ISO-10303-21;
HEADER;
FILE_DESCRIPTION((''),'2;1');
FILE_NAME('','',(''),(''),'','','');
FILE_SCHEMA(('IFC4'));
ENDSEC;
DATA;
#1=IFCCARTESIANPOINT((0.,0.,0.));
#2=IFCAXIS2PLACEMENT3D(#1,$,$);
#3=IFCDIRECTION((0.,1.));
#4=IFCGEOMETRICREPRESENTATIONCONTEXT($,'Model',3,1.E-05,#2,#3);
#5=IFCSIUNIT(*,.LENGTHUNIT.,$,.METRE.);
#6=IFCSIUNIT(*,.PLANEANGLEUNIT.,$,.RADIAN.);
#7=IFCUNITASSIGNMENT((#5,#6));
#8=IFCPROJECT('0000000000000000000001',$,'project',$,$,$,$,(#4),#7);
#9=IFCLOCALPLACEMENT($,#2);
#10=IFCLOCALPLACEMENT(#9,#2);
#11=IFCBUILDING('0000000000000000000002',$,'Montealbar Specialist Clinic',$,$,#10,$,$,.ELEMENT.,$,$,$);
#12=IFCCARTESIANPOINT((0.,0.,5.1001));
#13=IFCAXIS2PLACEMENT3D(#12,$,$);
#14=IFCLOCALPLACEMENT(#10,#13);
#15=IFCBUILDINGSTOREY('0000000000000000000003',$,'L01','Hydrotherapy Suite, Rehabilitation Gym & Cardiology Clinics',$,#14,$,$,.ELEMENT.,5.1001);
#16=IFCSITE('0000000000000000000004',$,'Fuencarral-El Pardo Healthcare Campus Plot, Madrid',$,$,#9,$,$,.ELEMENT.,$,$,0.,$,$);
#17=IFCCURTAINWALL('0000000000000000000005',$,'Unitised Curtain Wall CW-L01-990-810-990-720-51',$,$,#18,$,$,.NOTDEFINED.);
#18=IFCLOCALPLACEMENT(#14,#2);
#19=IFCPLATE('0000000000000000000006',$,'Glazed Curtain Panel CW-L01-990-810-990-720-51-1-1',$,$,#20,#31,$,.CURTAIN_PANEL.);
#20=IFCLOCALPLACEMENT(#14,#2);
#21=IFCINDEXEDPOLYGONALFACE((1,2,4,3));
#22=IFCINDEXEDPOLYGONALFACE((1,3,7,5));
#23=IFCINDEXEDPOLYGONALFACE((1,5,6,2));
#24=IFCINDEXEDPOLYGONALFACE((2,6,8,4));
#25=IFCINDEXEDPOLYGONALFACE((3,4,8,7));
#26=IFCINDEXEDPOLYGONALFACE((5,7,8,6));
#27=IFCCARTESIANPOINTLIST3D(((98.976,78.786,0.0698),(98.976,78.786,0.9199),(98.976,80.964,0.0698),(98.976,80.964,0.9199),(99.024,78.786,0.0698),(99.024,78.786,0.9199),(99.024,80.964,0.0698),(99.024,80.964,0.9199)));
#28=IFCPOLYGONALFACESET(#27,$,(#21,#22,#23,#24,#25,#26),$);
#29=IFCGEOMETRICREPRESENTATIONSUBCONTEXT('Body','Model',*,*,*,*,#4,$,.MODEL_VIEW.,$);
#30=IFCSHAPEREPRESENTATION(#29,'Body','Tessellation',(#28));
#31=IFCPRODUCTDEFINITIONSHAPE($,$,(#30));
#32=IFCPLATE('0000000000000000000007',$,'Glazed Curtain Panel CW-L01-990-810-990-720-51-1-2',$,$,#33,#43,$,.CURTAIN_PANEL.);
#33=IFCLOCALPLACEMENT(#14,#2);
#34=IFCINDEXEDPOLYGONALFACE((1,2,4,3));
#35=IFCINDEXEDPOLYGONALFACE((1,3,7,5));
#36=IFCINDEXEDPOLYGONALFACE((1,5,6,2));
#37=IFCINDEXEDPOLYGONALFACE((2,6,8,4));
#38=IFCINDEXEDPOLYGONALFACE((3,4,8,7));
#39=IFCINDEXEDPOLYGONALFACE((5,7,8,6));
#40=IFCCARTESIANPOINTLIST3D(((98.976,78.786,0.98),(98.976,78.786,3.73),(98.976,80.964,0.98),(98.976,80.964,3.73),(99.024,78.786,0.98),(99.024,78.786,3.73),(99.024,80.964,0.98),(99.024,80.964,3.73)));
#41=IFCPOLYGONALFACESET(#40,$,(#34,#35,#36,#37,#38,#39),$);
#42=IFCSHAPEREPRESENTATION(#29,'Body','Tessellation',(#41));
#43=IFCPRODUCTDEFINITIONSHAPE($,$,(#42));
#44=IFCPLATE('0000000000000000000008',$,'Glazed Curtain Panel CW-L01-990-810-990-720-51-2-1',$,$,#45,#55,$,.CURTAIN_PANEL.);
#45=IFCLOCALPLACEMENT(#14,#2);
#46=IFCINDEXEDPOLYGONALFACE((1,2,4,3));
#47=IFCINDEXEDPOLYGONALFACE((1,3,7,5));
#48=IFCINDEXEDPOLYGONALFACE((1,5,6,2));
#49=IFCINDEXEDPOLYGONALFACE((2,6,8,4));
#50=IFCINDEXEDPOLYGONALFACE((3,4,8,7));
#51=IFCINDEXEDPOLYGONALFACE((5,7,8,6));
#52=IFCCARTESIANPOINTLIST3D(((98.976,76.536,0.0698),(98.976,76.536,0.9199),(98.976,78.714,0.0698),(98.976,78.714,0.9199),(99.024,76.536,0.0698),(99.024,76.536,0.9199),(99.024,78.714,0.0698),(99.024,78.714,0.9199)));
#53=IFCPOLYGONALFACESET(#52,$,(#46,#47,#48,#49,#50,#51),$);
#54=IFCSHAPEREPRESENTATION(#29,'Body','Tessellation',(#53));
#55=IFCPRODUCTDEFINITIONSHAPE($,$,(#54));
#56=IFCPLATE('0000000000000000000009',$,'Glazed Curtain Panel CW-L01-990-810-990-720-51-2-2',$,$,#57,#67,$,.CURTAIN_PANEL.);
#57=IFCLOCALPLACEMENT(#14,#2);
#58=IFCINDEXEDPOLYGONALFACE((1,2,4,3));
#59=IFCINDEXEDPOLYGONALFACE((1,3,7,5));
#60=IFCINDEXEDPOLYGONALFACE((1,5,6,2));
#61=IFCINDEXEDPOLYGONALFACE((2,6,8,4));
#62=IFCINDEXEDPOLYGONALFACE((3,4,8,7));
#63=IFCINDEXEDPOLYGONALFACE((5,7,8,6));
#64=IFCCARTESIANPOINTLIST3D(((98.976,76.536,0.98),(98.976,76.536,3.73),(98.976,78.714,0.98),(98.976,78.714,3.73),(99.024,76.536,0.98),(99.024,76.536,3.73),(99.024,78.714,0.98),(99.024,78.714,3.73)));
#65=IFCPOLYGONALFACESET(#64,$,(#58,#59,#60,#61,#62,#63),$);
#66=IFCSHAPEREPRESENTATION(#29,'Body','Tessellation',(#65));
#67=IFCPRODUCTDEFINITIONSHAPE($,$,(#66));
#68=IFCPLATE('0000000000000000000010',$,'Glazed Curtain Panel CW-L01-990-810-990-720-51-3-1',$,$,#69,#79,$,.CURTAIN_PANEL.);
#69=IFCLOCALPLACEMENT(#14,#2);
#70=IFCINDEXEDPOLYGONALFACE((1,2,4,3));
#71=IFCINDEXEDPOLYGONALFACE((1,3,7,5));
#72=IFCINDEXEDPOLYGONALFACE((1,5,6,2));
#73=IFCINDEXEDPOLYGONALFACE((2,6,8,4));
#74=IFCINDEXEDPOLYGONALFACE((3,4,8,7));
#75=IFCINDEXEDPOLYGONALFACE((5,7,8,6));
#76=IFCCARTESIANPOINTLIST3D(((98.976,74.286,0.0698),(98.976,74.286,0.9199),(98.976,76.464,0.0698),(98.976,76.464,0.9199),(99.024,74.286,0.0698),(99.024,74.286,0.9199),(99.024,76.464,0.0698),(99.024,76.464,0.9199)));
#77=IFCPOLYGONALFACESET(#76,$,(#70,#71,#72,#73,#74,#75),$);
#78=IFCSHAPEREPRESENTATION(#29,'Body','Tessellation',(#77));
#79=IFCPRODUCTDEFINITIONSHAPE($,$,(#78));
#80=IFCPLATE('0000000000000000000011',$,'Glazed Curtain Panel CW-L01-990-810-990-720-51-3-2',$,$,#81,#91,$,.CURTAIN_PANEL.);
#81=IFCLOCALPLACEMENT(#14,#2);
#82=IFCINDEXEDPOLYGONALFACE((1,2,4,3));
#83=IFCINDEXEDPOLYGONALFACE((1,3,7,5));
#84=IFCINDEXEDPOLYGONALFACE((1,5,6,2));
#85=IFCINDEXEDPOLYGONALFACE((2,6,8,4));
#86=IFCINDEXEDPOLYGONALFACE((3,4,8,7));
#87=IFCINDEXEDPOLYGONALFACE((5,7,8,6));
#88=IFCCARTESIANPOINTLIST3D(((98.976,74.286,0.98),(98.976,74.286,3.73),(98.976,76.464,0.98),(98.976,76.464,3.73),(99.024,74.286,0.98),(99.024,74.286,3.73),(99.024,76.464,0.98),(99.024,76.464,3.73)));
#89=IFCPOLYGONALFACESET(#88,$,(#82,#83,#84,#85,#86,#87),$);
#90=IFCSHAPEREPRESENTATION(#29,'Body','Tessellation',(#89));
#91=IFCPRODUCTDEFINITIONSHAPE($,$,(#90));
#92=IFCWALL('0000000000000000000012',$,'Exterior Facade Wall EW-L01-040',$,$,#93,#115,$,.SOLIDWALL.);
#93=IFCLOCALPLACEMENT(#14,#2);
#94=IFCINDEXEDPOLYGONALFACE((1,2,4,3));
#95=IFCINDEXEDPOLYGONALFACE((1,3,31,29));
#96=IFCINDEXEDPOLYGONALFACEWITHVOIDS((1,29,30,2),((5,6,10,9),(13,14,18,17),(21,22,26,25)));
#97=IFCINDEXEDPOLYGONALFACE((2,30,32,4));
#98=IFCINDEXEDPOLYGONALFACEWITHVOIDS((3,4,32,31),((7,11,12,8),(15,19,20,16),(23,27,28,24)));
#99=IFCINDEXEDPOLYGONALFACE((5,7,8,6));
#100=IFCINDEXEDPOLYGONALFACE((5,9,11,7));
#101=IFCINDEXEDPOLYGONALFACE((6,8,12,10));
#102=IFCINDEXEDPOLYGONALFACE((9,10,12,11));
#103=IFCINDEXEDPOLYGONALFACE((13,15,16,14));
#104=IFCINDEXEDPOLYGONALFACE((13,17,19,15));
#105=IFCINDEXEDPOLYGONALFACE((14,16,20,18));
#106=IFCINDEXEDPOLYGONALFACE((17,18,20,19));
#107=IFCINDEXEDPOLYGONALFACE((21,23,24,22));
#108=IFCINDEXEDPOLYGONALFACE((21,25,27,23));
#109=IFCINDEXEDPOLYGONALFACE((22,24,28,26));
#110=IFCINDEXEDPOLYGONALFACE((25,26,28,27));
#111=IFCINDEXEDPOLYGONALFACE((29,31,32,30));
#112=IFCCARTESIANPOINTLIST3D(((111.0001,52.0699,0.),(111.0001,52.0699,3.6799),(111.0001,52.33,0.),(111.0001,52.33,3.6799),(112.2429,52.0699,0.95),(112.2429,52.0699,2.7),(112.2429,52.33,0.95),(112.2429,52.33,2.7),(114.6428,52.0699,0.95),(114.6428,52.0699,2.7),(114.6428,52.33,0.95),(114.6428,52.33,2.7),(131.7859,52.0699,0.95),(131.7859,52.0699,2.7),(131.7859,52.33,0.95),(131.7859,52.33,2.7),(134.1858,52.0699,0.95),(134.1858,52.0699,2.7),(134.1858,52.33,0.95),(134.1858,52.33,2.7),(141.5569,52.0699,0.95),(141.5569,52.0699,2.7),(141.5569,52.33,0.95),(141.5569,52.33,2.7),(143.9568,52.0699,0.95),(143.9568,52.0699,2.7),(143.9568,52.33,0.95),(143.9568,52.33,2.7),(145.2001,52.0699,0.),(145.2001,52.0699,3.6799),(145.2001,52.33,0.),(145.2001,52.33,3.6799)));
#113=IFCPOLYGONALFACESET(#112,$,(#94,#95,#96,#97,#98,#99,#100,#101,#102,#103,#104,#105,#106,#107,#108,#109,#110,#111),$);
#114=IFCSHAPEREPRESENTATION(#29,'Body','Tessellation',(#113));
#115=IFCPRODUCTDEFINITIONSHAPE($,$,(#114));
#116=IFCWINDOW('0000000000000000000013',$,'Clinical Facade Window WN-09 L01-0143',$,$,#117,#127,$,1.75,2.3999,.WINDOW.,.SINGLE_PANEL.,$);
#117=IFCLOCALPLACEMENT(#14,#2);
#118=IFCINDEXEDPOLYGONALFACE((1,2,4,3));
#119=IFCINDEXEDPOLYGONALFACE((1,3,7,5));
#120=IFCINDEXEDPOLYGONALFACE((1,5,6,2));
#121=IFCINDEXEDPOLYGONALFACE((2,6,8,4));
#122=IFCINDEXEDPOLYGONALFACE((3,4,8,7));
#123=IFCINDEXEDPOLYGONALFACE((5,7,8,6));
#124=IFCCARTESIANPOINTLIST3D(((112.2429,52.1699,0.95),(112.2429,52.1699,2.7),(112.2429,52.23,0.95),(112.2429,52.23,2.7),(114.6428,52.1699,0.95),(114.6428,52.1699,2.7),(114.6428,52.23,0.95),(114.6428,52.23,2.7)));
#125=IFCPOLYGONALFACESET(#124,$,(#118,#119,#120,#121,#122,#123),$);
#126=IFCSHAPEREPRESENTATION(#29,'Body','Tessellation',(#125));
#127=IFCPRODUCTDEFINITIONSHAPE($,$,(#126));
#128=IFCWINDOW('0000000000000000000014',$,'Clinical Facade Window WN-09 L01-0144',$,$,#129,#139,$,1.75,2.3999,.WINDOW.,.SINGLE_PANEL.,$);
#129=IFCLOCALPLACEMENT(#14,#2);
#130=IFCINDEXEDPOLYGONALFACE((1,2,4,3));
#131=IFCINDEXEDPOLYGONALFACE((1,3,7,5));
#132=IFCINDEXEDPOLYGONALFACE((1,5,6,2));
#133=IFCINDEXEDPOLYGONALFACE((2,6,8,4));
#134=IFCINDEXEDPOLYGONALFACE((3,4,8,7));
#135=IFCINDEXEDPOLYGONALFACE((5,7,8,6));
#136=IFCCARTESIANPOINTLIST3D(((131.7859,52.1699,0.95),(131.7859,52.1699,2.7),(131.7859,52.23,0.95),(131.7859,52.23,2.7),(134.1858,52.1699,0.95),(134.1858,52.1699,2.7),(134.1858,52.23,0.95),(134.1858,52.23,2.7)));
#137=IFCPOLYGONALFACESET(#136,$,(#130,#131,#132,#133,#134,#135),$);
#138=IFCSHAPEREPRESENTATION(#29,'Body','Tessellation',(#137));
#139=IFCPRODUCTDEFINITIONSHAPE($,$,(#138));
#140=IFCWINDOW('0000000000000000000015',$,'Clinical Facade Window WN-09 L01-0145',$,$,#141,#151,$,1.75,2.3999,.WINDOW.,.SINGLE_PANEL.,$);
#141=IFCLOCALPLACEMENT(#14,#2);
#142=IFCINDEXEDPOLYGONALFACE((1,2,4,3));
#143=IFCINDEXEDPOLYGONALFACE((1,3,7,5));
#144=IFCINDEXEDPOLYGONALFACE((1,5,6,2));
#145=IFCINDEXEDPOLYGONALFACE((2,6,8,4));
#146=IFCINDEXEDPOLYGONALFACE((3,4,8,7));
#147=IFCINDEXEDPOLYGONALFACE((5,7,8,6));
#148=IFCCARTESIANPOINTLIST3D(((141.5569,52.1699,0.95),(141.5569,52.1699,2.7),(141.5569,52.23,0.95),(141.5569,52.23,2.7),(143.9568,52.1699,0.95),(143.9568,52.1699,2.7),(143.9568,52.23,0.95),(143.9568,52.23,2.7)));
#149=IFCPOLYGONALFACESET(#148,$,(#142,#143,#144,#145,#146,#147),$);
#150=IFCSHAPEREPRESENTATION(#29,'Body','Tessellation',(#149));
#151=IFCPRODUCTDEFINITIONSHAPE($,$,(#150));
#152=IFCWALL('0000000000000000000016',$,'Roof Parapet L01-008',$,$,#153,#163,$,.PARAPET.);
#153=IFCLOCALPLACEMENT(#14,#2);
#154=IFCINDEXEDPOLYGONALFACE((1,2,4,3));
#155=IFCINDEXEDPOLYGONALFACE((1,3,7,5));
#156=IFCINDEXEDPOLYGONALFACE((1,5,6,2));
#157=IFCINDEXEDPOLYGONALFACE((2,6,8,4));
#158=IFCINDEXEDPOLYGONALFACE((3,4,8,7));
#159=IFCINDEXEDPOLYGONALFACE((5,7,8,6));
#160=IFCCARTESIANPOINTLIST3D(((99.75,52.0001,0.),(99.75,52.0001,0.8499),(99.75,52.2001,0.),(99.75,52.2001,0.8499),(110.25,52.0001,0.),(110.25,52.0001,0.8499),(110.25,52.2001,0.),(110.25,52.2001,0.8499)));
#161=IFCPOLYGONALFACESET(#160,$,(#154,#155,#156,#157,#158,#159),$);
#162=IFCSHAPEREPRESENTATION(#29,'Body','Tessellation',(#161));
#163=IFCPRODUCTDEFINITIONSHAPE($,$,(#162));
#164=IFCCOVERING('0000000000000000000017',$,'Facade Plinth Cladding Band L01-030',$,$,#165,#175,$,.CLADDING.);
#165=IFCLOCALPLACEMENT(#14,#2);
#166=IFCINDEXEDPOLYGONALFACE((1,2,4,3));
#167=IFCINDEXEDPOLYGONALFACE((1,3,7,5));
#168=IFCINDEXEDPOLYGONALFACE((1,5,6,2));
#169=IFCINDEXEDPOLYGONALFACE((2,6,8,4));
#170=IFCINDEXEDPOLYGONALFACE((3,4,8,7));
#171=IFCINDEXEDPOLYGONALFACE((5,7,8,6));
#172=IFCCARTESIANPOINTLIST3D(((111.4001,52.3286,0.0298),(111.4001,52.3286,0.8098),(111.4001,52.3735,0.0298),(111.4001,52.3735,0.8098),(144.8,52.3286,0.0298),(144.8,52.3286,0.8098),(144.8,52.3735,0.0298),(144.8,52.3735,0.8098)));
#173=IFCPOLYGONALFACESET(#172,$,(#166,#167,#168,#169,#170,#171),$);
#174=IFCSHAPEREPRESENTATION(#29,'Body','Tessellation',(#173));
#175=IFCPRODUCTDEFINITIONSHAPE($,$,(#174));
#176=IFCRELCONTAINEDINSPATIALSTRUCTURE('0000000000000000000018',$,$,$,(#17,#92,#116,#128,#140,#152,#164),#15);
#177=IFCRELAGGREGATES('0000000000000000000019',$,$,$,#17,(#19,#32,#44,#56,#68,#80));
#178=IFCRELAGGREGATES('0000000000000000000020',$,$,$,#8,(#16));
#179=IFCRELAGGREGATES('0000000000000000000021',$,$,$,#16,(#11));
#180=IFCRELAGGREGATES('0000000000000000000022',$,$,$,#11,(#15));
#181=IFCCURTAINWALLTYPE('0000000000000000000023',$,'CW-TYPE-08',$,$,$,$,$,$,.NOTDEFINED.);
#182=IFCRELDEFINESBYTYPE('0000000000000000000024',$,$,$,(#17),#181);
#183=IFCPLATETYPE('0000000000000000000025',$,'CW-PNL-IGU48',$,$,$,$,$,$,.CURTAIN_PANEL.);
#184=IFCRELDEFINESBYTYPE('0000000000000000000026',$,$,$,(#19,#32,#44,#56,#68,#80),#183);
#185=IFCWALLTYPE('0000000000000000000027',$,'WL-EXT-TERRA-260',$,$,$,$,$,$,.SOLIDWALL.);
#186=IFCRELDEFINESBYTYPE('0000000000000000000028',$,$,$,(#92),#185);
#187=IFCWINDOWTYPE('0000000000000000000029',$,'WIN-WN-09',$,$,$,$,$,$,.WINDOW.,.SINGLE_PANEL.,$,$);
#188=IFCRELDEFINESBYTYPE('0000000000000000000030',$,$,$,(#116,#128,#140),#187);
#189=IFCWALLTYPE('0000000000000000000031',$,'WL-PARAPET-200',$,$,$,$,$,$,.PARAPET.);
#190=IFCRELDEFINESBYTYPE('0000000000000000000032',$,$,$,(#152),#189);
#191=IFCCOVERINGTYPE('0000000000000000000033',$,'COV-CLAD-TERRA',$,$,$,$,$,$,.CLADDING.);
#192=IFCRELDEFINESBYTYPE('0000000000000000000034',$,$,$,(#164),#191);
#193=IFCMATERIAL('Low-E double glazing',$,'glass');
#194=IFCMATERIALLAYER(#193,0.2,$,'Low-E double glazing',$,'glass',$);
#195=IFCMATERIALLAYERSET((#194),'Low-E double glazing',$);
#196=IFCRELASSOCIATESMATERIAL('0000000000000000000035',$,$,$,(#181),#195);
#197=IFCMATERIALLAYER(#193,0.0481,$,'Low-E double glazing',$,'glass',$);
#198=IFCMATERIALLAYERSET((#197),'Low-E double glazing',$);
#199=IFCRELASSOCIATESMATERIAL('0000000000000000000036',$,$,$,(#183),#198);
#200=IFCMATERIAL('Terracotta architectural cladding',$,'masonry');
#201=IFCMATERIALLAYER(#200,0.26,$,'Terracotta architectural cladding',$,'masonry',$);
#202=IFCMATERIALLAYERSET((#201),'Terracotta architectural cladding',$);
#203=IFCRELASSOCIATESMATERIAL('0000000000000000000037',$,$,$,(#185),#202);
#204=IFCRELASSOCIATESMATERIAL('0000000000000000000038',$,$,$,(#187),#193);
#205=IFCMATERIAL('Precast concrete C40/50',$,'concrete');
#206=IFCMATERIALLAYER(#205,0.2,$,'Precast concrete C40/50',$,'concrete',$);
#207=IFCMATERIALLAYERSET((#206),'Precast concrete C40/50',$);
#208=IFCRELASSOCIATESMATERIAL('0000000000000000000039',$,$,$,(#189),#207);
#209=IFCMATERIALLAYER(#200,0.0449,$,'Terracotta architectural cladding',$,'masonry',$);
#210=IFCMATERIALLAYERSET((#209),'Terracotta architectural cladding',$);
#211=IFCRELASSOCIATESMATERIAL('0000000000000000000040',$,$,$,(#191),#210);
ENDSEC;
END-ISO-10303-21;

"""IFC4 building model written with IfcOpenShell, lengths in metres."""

from ifc_helpers import new_model, si_unit, direction, frame, frame_2d, origin, origin_2d, place, context, subcontext, project, spatial, rectangle, extrude, material, layer, layer_set, type_object, element, fill, aggregate, save


model = new_model("IFC4")

# Units and contexts
model_context = context("Model", 3, precision=1e-05, world=origin(), true_north=direction((0.0, 1.0)))
body_context = subcontext(model_context, "Body", "Model", "MODEL_VIEW")
ifc_project = project(units=[si_unit("LENGTHUNIT", "METRE"), si_unit("PLANEANGLEUNIT", "RADIAN")], contexts=[model_context])

# Site, building, storey
site_placement = place(None, origin())
site = spatial("IfcSite", under=ifc_project, at=site_placement, Name="Fuencarral-El Pardo Healthcare Campus Plot, Madrid", CompositionType="ELEMENT", RefElevation=0.0)
building_placement = place(site_placement, origin())
building = spatial("IfcBuilding", under=site, at=building_placement, Name="Montealbar Specialist Clinic", CompositionType="ELEMENT")
storey_placement = place(building_placement, frame((0.0, 0.0, 5.1001)))
storey = spatial("IfcBuildingStorey", under=building, at=storey_placement, Name="L01", Description="Hydrotherapy Suite, Rehabilitation Gym & Cardiology Clinics", CompositionType="ELEMENT", Elevation=5.1001)

# Curtain wall, plates
ifc_material_1 = material(Name="Low-E double glazing", Category="glass")
ifc_layer_1 = layer(ifc_material_1, 0.2, Name="Low-E double glazing", Category="glass")
ifc_layer_set_1 = layer_set([ifc_layer_1], Name="Low-E double glazing")
curtain_wall_type = type_object("IfcCurtainWallType", Name="CW-TYPE-08", PredefinedType="NOTDEFINED", material=ifc_layer_set_1)
curtain_wall_placement = place(storey_placement, origin())
curtain_wall = element("IfcCurtainWall", 1, at=curtain_wall_placement, inside=storey, type_object=curtain_wall_type, Name="Unitised Curtain Wall CW-L01-990-810-990-720-51", PredefinedType="NOTDEFINED")
ifc_layer_2 = layer(ifc_material_1, 0.0481, Name="Low-E double glazing", Category="glass")
ifc_layer_set_2 = layer_set([ifc_layer_2], Name="Low-E double glazing")
plate_type = type_object("IfcPlateType", Name="CW-PNL-IGU48", PredefinedType="CURTAIN_PANEL", material=ifc_layer_set_2)
plate_1_placement = place(storey_placement, frame((99.0, 79.875, 0.0698), z_axis=(0.0, 0.0, 1.0), x_axis=(0.0, -1.0, 0.0)))
plate_1 = element("IfcPlate", 2, at=plate_1_placement, type_object=plate_type, Name="Glazed Curtain Panel CW-L01-990-810-990-720-51-1-1", PredefinedType="CURTAIN_PANEL", context=body_context, shape_type="SweptSolid", body=[
    extrude(rectangle(XDim=2.178, YDim=0.0481, at=origin_2d()), origin(), (0.0, 0.0, 1.0), 0.8501),
])
plate_2_placement = place(storey_placement, frame((99.0, 79.875, 0.98), z_axis=(0.0, 0.0, 1.0), x_axis=(0.0, -1.0, 0.0)))
plate_2 = element("IfcPlate", 3, at=plate_2_placement, type_object=plate_type, Name="Glazed Curtain Panel CW-L01-990-810-990-720-51-1-2", PredefinedType="CURTAIN_PANEL", context=body_context, shape_type="SweptSolid", body=[
    extrude(rectangle(XDim=2.178, YDim=0.0481, at=origin_2d()), origin(), (0.0, 0.0, 1.0), 2.75),
])
plate_3_placement = place(storey_placement, frame((99.0, 77.625, 0.0698), z_axis=(0.0, 0.0, 1.0), x_axis=(0.0, -1.0, 0.0)))
plate_3 = element("IfcPlate", 4, at=plate_3_placement, type_object=plate_type, Name="Glazed Curtain Panel CW-L01-990-810-990-720-51-2-1", PredefinedType="CURTAIN_PANEL", context=body_context, shape_type="SweptSolid", body=[
    extrude(rectangle(XDim=2.178, YDim=0.0481, at=origin_2d()), origin(), (0.0, 0.0, 1.0), 0.8501),
])
plate_4_placement = place(storey_placement, frame((99.0, 77.625, 0.98), z_axis=(0.0, 0.0, 1.0), x_axis=(0.0, -1.0, 0.0)))
plate_4 = element("IfcPlate", 5, at=plate_4_placement, type_object=plate_type, Name="Glazed Curtain Panel CW-L01-990-810-990-720-51-2-2", PredefinedType="CURTAIN_PANEL", context=body_context, shape_type="SweptSolid", body=[
    extrude(rectangle(XDim=2.178, YDim=0.0481, at=origin_2d()), origin(), (0.0, 0.0, 1.0), 2.75),
])
plate_5_placement = place(storey_placement, frame((99.0, 75.375, 0.0698), z_axis=(0.0, 0.0, 1.0), x_axis=(0.0, -1.0, 0.0)))
plate_5 = element("IfcPlate", 6, at=plate_5_placement, type_object=plate_type, Name="Glazed Curtain Panel CW-L01-990-810-990-720-51-3-1", PredefinedType="CURTAIN_PANEL", context=body_context, shape_type="SweptSolid", body=[
    extrude(rectangle(XDim=2.178, YDim=0.0481, at=origin_2d()), origin(), (0.0, 0.0, 1.0), 0.8501),
])
plate_6_placement = place(storey_placement, frame((99.0, 75.375, 0.98), z_axis=(0.0, 0.0, 1.0), x_axis=(0.0, -1.0, 0.0)))
plate_6 = element("IfcPlate", 7, at=plate_6_placement, type_object=plate_type, Name="Glazed Curtain Panel CW-L01-990-810-990-720-51-3-2", PredefinedType="CURTAIN_PANEL", context=body_context, shape_type="SweptSolid", body=[
    extrude(rectangle(XDim=2.178, YDim=0.0481, at=origin_2d()), origin(), (0.0, 0.0, 1.0), 2.75),
])
aggregate(curtain_wall, [plate_1, plate_2, plate_3, plate_4, plate_5, plate_6])

# Wall, openings, windows
ifc_material_2 = material(Name="Terracotta architectural cladding", Category="masonry")
ifc_layer_3 = layer(ifc_material_2, 0.26, Name="Terracotta architectural cladding", Category="masonry")
ifc_layer_set_3 = layer_set([ifc_layer_3], Name="Terracotta architectural cladding")
wall_type_1 = type_object("IfcWallType", Name="WL-EXT-TERRA-260", PredefinedType="SOLIDWALL", material=ifc_layer_set_3)
wall_1_placement = place(storey_placement, frame((111.0, 52.2, 0.0), z_axis=(0.0, 0.0, 1.0), x_axis=(1.0, 0.0, 0.0)))
wall_1 = element("IfcWall", 8, at=wall_1_placement, inside=storey, type_object=wall_type_1, Name="Exterior Facade Wall EW-L01-040", PredefinedType="SOLIDWALL", context=body_context, shape_type="SweptSolid", body=[
    extrude(rectangle(XDim=34.2, YDim=0.26, at=frame_2d((17.1001, 0.0))), origin(), (0.0, 0.0, 1.0), 3.6799),
])
opening_1_placement = place(wall_1_placement, frame((1.2429, 0.0, 0.95)))
opening_1 = element("IfcOpeningElement", 9, at=opening_1_placement, cuts=wall_1, PredefinedType="OPENING", context=body_context, shape_type="SweptSolid", body=[
    extrude(rectangle(XDim=2.3999, YDim=1.75, at=frame_2d((1.2, 0.875))), frame((0.0, 0.1399, 0.0), z_axis=(0.0, -1.0, 0.0), x_axis=(1.0, 0.0, 0.0)), (0.0, 0.0, 1.0), 0.28),
])
opening_2_placement = place(wall_1_placement, frame((20.7859, 0.0, 0.95)))
opening_2 = element("IfcOpeningElement", 10, at=opening_2_placement, cuts=wall_1, PredefinedType="OPENING", context=body_context, shape_type="SweptSolid", body=[
    extrude(rectangle(XDim=2.3999, YDim=1.75, at=frame_2d((1.2, 0.875))), frame((0.0, 0.1399, 0.0), z_axis=(0.0, -1.0, 0.0), x_axis=(1.0, 0.0, 0.0)), (0.0, 0.0, 1.0), 0.28),
])
opening_3_placement = place(wall_1_placement, frame((30.5569, 0.0, 0.95)))
opening_3 = element("IfcOpeningElement", 11, at=opening_3_placement, cuts=wall_1, PredefinedType="OPENING", context=body_context, shape_type="SweptSolid", body=[
    extrude(rectangle(XDim=2.3999, YDim=1.75, at=frame_2d((1.2, 0.875))), frame((0.0, 0.1399, 0.0), z_axis=(0.0, -1.0, 0.0), x_axis=(1.0, 0.0, 0.0)), (0.0, 0.0, 1.0), 0.28),
])
window_type = type_object("IfcWindowType", Name="WIN-WN-09", PartitioningType="SINGLE_PANEL", PredefinedType="WINDOW", material=ifc_material_1)
window_1_placement = place(opening_1_placement, origin())
window_1 = element("IfcWindow", 12, at=window_1_placement, inside=storey, type_object=window_type, Name="Clinical Facade Window WN-09 L01-0143", OverallHeight=1.75, OverallWidth=2.3999, PartitioningType="SINGLE_PANEL", PredefinedType="WINDOW", context=body_context, shape_type="SweptSolid", body=[
    extrude(rectangle(XDim=2.3999, YDim=1.75, at=frame_2d((1.2, 0.875))), frame((0.0, 0.03, 0.0), z_axis=(0.0, -1.0, 0.0), x_axis=(1.0, 0.0, 0.0)), (0.0, 0.0, 1.0), 0.0601),
])
fill(opening_1, window_1)
window_2_placement = place(opening_2_placement, origin())
window_2 = element("IfcWindow", 13, at=window_2_placement, inside=storey, type_object=window_type, Name="Clinical Facade Window WN-09 L01-0144", OverallHeight=1.75, OverallWidth=2.3999, PartitioningType="SINGLE_PANEL", PredefinedType="WINDOW", context=body_context, shape_type="SweptSolid", body=[
    extrude(rectangle(XDim=2.3999, YDim=1.75, at=frame_2d((1.2, 0.875))), frame((0.0, 0.03, 0.0), z_axis=(0.0, -1.0, 0.0), x_axis=(1.0, 0.0, 0.0)), (0.0, 0.0, 1.0), 0.0601),
])
fill(opening_2, window_2)
window_3_placement = place(opening_3_placement, origin())
window_3 = element("IfcWindow", 14, at=window_3_placement, inside=storey, type_object=window_type, Name="Clinical Facade Window WN-09 L01-0145", OverallHeight=1.75, OverallWidth=2.3999, PartitioningType="SINGLE_PANEL", PredefinedType="WINDOW", context=body_context, shape_type="SweptSolid", body=[
    extrude(rectangle(XDim=2.3999, YDim=1.75, at=frame_2d((1.2, 0.875))), frame((0.0, 0.03, 0.0), z_axis=(0.0, -1.0, 0.0), x_axis=(1.0, 0.0, 0.0)), (0.0, 0.0, 1.0), 0.0601),
])
fill(opening_3, window_3)

# Wall
ifc_material_3 = material(Name="Precast concrete C40/50", Category="concrete")
ifc_layer_4 = layer(ifc_material_3, 0.2, Name="Precast concrete C40/50", Category="concrete")
ifc_layer_set_4 = layer_set([ifc_layer_4], Name="Precast concrete C40/50")
wall_type_2 = type_object("IfcWallType", Name="WL-PARAPET-200", PredefinedType="PARAPET", material=ifc_layer_set_4)
wall_2_placement = place(storey_placement, frame((99.75, 52.1001, 0.0), z_axis=(0.0, 0.0, 1.0), x_axis=(1.0, 0.0, 0.0)))
element("IfcWall", 15, at=wall_2_placement, inside=storey, type_object=wall_type_2, Name="Roof Parapet L01-008", PredefinedType="PARAPET", context=body_context, shape_type="SweptSolid", body=[
    extrude(rectangle(XDim=10.5, YDim=0.2, at=frame_2d((5.25, 0.0))), origin(), (0.0, 0.0, 1.0), 0.8499),
])

# Covering
ifc_layer_5 = layer(ifc_material_2, 0.0449, Name="Terracotta architectural cladding", Category="masonry")
ifc_layer_set_5 = layer_set([ifc_layer_5], Name="Terracotta architectural cladding")
covering_type = type_object("IfcCoveringType", Name="COV-CLAD-TERRA", PredefinedType="CLADDING", material=ifc_layer_set_5)
covering_placement = place(storey_placement, frame((128.1001, 52.3511, 0.0298), z_axis=(0.0, 0.0, 1.0), x_axis=(1.0, 0.0, 0.0)))
element("IfcCovering", 16, at=covering_placement, inside=storey, type_object=covering_type, Name="Facade Plinth Cladding Band L01-030", PredefinedType="CLADDING", context=body_context, shape_type="SweptSolid", body=[
    extrude(rectangle(XDim=33.3999, YDim=0.0449, at=origin_2d()), origin(), (0.0, 0.0, 1.0), 0.78),
])

save(model, "model.ifc")
